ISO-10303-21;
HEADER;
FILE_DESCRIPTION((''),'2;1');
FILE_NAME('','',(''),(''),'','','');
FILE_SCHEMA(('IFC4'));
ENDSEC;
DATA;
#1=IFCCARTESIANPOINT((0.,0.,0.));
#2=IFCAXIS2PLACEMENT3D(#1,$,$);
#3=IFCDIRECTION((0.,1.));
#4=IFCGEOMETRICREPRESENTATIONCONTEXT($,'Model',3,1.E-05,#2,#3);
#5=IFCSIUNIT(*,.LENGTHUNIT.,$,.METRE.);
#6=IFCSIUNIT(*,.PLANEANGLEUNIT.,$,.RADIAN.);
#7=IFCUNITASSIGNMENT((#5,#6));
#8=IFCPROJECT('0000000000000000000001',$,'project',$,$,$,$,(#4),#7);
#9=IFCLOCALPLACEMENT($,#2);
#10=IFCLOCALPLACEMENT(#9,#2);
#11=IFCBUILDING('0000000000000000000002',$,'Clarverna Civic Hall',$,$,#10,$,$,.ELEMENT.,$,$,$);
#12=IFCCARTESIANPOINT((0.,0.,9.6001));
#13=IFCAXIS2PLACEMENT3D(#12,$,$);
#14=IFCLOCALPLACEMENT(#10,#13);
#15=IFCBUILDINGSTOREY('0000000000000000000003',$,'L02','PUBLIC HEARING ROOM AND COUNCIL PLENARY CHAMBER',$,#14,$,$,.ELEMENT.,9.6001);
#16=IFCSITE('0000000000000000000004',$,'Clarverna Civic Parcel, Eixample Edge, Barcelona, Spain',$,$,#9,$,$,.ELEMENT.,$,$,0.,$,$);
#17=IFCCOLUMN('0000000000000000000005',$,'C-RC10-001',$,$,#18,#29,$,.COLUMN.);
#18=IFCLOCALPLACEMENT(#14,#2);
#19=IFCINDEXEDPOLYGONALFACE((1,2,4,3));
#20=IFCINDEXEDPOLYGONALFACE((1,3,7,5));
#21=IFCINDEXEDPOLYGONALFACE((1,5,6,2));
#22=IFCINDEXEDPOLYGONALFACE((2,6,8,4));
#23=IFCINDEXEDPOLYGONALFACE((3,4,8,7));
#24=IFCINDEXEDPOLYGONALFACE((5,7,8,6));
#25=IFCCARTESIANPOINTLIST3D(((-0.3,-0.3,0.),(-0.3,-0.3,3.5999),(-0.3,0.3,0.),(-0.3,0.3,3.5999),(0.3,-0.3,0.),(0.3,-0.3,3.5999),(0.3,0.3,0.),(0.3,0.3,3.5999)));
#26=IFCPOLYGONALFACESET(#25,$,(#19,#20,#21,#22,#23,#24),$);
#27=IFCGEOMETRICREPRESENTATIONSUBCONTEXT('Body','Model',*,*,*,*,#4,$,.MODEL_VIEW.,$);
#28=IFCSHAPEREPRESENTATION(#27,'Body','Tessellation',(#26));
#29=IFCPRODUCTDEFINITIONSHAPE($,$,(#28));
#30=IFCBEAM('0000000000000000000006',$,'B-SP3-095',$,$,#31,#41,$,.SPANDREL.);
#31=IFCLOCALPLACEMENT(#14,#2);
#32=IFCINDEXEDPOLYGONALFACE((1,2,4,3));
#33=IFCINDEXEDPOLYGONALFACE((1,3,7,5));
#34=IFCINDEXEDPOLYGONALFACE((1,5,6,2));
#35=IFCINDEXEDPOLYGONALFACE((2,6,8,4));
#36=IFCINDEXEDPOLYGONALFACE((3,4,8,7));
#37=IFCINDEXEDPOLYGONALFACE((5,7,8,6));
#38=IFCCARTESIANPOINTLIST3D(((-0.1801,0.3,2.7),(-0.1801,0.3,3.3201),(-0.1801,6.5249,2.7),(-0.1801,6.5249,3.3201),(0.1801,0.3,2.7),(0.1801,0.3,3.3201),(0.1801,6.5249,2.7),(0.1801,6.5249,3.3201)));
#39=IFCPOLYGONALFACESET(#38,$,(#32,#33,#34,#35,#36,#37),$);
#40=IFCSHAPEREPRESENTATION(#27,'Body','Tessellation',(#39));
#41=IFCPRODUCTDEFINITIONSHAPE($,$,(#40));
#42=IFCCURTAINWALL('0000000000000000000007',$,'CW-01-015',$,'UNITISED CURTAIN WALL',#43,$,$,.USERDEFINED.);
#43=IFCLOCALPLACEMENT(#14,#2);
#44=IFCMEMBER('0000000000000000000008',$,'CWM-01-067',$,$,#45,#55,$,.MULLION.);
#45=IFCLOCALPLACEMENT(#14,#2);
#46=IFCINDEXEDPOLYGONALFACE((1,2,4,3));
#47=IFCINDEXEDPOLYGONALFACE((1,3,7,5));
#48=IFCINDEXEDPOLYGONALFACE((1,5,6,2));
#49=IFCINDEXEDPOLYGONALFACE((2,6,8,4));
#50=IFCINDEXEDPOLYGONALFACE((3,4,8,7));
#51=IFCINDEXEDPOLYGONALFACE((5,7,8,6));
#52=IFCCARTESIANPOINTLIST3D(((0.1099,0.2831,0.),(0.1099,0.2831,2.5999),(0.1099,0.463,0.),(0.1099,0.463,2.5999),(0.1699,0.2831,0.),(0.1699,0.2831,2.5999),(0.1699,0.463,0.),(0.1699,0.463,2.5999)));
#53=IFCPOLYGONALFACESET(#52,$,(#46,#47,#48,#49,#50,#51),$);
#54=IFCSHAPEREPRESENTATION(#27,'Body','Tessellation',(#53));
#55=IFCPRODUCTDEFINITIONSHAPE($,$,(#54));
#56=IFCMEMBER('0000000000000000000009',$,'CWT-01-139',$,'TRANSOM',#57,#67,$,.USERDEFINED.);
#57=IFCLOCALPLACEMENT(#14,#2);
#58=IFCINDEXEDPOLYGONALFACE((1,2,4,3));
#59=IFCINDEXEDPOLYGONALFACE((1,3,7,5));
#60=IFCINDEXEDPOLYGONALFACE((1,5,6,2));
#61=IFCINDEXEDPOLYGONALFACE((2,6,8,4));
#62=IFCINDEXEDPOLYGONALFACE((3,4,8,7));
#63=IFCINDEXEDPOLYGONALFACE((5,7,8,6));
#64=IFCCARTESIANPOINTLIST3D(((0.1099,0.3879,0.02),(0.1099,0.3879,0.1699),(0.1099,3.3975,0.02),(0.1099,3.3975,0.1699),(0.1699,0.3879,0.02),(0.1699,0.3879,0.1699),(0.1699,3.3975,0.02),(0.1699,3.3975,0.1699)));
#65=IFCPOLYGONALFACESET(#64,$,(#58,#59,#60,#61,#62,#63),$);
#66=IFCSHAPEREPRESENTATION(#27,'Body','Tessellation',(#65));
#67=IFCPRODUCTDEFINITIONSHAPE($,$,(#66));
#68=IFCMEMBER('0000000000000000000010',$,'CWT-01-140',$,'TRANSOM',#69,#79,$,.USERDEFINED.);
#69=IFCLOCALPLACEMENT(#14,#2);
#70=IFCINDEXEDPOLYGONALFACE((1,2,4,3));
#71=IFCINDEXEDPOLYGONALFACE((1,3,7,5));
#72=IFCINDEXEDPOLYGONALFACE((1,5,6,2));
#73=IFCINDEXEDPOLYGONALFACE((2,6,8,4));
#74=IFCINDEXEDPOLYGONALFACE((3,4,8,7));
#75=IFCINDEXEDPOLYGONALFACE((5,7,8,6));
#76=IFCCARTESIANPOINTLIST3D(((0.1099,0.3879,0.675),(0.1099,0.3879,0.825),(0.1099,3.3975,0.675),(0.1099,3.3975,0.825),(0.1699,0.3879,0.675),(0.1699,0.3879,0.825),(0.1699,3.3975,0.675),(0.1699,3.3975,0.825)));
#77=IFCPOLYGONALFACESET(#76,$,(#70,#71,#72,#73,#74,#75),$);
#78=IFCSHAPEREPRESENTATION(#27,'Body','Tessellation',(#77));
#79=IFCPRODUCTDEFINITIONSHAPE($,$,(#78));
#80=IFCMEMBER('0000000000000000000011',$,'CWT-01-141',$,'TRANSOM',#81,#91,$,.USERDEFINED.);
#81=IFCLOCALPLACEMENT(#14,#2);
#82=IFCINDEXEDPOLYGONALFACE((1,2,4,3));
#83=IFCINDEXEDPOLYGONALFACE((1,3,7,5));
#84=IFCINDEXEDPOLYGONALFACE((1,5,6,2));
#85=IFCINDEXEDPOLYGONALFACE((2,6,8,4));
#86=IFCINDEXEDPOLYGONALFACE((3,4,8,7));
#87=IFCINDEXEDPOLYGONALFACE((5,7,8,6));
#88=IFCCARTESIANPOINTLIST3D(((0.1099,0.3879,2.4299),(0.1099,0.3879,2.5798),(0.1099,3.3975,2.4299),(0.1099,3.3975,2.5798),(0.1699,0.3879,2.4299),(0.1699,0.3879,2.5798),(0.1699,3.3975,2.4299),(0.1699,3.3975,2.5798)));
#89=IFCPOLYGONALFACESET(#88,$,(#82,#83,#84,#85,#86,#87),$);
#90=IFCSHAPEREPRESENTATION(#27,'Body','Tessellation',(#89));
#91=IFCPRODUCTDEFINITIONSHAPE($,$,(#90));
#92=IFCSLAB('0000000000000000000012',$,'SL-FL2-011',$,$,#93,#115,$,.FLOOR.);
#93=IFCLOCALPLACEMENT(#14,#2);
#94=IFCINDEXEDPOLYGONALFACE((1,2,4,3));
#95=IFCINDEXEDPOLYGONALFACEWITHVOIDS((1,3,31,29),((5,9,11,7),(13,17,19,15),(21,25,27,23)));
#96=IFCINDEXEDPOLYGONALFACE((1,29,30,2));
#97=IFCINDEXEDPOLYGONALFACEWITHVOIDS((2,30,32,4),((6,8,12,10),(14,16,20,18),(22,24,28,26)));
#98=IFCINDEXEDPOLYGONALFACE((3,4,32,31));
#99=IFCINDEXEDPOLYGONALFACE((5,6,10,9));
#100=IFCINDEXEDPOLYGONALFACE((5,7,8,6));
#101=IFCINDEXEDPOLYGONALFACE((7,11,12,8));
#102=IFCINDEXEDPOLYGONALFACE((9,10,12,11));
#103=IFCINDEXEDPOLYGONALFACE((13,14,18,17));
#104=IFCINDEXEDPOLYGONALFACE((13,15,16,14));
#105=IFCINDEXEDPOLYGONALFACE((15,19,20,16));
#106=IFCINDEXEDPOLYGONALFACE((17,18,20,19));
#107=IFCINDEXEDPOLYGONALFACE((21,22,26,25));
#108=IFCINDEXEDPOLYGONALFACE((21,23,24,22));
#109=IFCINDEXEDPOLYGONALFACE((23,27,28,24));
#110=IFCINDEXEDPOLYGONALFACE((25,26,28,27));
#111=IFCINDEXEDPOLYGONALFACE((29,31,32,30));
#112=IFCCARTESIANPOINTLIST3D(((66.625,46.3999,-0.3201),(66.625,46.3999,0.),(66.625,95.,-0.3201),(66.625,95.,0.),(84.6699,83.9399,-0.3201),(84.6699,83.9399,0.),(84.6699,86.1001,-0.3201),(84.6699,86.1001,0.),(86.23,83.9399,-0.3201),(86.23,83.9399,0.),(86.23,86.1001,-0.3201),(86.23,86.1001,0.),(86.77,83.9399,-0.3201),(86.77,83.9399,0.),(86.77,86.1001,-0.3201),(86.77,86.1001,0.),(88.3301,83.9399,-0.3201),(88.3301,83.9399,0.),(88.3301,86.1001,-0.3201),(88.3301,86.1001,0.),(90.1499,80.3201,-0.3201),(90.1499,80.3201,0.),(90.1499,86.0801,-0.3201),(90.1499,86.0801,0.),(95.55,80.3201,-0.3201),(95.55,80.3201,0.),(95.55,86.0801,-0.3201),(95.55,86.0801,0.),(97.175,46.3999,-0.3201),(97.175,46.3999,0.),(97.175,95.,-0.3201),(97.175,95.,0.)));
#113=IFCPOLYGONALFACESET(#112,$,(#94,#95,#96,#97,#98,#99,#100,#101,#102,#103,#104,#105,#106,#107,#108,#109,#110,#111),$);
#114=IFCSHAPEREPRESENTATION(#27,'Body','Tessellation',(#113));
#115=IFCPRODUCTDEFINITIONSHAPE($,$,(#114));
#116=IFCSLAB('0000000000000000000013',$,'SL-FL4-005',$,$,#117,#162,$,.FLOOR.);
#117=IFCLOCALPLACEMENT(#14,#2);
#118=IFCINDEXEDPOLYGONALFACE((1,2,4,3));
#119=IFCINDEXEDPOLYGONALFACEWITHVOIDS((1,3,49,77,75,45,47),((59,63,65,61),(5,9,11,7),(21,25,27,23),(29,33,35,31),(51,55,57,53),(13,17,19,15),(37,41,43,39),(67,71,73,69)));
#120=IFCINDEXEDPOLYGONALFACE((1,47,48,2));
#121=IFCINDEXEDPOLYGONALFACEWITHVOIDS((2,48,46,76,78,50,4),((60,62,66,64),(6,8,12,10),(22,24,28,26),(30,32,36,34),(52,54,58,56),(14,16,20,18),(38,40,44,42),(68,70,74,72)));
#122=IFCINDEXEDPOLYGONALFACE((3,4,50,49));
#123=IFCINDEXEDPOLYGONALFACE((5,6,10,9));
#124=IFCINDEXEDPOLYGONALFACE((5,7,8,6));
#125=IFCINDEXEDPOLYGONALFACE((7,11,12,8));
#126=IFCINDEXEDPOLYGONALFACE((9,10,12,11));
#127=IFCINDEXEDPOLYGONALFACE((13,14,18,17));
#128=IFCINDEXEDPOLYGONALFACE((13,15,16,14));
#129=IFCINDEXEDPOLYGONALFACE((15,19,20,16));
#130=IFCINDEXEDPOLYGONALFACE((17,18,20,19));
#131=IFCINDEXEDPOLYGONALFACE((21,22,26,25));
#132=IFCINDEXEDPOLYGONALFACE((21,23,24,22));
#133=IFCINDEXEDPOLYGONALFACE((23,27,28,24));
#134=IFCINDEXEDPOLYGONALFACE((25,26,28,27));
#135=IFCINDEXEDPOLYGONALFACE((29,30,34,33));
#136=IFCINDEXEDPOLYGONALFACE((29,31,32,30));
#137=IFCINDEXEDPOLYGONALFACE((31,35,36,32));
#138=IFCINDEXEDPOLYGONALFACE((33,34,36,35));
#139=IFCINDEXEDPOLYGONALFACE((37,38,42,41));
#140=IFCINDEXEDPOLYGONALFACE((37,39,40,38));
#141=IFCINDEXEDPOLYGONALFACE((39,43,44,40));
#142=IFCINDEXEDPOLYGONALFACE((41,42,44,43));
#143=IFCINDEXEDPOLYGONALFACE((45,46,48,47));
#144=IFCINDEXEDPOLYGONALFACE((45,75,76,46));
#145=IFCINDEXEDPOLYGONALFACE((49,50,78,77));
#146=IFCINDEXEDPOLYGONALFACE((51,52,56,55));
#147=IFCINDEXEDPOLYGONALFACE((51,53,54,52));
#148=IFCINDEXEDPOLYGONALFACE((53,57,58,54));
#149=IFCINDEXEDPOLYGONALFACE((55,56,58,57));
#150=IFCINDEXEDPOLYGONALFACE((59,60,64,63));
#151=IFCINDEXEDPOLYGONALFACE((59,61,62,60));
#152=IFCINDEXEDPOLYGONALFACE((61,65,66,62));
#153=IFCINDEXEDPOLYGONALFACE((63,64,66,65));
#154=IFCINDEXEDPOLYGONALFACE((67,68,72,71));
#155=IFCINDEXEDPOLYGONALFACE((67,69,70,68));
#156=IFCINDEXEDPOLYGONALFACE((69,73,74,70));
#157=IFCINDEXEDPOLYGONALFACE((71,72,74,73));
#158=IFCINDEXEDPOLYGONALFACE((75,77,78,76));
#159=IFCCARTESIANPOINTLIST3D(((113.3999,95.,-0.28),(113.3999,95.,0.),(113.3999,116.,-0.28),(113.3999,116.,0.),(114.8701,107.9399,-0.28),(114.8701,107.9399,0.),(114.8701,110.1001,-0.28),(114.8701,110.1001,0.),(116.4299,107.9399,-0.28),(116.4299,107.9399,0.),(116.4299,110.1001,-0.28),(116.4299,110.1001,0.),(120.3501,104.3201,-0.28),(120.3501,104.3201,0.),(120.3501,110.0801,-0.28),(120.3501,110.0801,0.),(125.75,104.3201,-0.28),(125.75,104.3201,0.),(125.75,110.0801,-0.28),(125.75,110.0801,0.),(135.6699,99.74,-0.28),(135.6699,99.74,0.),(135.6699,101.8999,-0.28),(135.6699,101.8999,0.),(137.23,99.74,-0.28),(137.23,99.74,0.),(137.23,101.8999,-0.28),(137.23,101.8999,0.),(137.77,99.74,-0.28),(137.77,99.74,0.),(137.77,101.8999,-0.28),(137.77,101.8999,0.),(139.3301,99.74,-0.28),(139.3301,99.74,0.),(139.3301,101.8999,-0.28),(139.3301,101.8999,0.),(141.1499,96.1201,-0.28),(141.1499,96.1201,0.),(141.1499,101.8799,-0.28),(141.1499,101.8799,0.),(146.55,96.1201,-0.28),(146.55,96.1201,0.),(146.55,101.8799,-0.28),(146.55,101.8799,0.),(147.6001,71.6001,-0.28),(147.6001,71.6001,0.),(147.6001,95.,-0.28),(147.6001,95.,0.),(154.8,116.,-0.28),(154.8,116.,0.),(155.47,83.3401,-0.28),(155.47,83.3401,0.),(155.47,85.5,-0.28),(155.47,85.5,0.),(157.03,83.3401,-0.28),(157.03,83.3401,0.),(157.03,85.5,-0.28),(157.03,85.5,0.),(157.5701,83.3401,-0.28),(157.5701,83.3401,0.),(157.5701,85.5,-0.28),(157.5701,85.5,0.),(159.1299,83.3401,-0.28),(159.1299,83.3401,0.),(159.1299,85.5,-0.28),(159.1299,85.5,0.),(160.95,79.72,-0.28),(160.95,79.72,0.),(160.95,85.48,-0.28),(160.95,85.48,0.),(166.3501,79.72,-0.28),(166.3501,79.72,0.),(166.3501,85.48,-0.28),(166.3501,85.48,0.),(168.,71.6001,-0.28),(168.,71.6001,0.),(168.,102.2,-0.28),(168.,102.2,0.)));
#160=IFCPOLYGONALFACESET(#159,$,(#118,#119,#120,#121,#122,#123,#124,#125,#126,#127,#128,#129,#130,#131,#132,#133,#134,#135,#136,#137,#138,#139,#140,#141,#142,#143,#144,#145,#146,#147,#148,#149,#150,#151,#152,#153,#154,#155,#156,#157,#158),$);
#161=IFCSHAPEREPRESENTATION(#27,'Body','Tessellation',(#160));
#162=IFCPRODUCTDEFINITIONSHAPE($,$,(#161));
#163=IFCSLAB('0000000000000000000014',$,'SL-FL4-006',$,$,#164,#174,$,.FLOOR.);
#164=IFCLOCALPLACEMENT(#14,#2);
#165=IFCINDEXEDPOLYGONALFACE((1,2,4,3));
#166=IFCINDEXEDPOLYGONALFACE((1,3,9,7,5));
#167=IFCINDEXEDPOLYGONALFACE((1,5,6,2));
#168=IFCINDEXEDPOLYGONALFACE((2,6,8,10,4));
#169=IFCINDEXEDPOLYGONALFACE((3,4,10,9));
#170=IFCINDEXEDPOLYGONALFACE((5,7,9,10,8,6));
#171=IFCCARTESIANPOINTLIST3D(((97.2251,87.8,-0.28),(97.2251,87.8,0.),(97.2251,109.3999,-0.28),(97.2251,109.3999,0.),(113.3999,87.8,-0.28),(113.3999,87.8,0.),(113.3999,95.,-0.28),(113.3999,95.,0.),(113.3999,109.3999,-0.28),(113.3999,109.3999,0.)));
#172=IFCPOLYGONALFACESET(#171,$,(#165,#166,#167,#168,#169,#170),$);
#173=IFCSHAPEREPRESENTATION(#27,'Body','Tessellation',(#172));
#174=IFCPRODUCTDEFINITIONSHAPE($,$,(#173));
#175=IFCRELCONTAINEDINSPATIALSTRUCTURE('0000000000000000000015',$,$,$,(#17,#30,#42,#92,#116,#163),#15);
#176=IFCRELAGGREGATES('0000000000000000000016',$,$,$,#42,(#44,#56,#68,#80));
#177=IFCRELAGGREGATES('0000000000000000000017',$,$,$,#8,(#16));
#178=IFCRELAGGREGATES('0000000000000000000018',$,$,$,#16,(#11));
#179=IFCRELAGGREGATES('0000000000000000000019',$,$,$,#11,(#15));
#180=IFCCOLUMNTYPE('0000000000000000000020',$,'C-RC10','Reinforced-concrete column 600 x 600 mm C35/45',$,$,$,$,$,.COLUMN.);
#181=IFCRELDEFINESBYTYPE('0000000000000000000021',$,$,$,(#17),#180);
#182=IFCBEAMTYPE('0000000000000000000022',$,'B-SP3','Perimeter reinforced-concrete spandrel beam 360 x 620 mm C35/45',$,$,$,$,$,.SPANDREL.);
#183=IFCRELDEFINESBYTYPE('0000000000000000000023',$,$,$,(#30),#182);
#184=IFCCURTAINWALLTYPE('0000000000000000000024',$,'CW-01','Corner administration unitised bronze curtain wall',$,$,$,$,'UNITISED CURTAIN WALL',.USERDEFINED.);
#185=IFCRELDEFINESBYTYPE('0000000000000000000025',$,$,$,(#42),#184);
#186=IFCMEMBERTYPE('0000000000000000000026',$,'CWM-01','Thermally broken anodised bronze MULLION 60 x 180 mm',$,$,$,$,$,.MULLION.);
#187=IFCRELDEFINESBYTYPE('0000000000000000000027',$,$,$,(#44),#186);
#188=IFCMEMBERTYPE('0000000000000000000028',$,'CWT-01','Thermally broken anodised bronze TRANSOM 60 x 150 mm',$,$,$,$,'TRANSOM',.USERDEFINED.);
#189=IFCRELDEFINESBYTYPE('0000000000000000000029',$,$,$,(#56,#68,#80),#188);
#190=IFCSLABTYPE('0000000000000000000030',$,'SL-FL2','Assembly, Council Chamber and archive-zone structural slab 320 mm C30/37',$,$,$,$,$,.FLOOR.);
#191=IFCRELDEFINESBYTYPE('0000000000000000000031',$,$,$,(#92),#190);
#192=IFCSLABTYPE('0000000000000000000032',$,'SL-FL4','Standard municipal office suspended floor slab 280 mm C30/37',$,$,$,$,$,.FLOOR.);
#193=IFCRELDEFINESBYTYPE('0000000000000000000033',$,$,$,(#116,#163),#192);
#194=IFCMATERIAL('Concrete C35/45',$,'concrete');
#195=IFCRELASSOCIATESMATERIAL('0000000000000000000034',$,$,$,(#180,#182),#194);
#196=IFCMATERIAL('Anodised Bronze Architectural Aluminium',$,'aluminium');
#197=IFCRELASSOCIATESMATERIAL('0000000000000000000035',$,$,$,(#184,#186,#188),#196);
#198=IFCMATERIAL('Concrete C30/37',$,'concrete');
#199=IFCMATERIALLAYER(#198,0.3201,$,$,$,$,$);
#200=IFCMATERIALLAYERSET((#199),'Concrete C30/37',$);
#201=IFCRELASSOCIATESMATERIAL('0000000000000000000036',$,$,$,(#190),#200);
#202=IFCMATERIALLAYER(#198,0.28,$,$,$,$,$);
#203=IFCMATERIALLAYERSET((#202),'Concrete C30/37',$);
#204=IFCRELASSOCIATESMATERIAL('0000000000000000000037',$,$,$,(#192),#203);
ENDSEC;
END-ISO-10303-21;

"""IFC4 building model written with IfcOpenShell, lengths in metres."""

from ifc_helpers import new_model, si_unit, direction, frame, origin, origin_with_axes, origin_2d, place, context, subcontext, project, spatial, polyline, rectangle, outline, extrude, material, layer, layer_set, material_profile, profile_set, type_object, element, aggregate, save


model = new_model("IFC4")

# Units and contexts
model_context = context("Model", 3, precision=1e-05, world=origin(), true_north=direction((0.0, 1.0)))
body_context = subcontext(model_context, "Body", "Model", "MODEL_VIEW")
ifc_project = project(units=[si_unit("LENGTHUNIT", "METRE"), si_unit("PLANEANGLEUNIT", "RADIAN")], contexts=[model_context])

# Site, building, storey
site_placement = place(None, origin())
site = spatial("IfcSite", under=ifc_project, at=site_placement, Name="Clarverna Civic Parcel, Eixample Edge, Barcelona, Spain", CompositionType="ELEMENT", RefElevation=0.0)
building_placement = place(site_placement, origin())
building = spatial("IfcBuilding", under=site, at=building_placement, Name="Clarverna Civic Hall", CompositionType="ELEMENT")
storey_placement = place(building_placement, frame((0.0, 0.0, 9.6001)))
storey = spatial("IfcBuildingStorey", under=building, at=storey_placement, Name="L02", Description="PUBLIC HEARING ROOM AND COUNCIL PLENARY CHAMBER", CompositionType="ELEMENT", Elevation=9.6001)

# Column
ifc_material_1 = material(Name="Concrete C35/45", Category="concrete")
ifc_material_profile_1 = material_profile(ifc_material_1, rectangle(XDim=0.6001, YDim=0.6001, at=origin_2d()), Name="RC 600x600")
ifc_profile_set_1 = profile_set([ifc_material_profile_1], Name="Concrete C35/45")
column_type = type_object("IfcColumnType", Name="C-RC10", Description="Reinforced-concrete column 600 x 600 mm C35/45", PredefinedType="COLUMN", material=ifc_profile_set_1)
column_placement = place(storey_placement, origin_with_axes())
element("IfcColumn", 1, at=column_placement, inside=storey, type_object=column_type, Name="C-RC10-001", PredefinedType="COLUMN", context=body_context, shape_type="SweptSolid", body=[
    extrude(rectangle(XDim=0.6001, YDim=0.6001, at=origin_2d()), origin(), (0.0, 0.0, 1.0), 3.5999),
])

# Beam
ifc_material_profile_2 = material_profile(ifc_material_1, rectangle(XDim=0.3601, YDim=0.6201, at=origin_2d()), Name="RC 360x620")
ifc_profile_set_2 = profile_set([ifc_material_profile_2], Name="Concrete C35/45")
beam_type = type_object("IfcBeamType", Name="B-SP3", Description="Perimeter reinforced-concrete spandrel beam 360 x 620 mm C35/45", PredefinedType="SPANDREL", material=ifc_profile_set_2)
beam_placement = place(storey_placement, frame((0.0, 0.3, 3.01), z_axis=(0.0, 1.0, 0.0), x_axis=(-1.0, 0.0, 0.0)))
element("IfcBeam", 2, at=beam_placement, inside=storey, type_object=beam_type, Name="B-SP3-095", PredefinedType="SPANDREL", context=body_context, shape_type="SweptSolid", body=[
    extrude(rectangle(XDim=0.3601, YDim=0.6201, at=origin_2d()), origin(), (0.0, 0.0, 1.0), 6.2249),
])

# Curtain wall, members
ifc_material_2 = material(Name="Anodised Bronze Architectural Aluminium", Category="aluminium")
curtain_wall_type = type_object("IfcCurtainWallType", Name="CW-01", Description="Corner administration unitised bronze curtain wall", ElementType="UNITISED CURTAIN WALL", PredefinedType="USERDEFINED", material=ifc_material_2)
curtain_wall_placement = place(storey_placement, origin())
curtain_wall = element("IfcCurtainWall", 3, at=curtain_wall_placement, inside=storey, type_object=curtain_wall_type, Name="CW-01-015", ObjectType="UNITISED CURTAIN WALL", PredefinedType="USERDEFINED")
ifc_material_profile_3 = material_profile(ifc_material_2, rectangle(XDim=0.0601, YDim=0.1799, at=origin_2d()), Name="BRONZE 60x180")
ifc_profile_set_3 = profile_set([ifc_material_profile_3], Name="Anodised Bronze Architectural Aluminium")
member_type_1 = type_object("IfcMemberType", Name="CWM-01", Description="Thermally broken anodised bronze MULLION 60 x 180 mm", PredefinedType="MULLION", material=ifc_profile_set_3)
member_1_placement = place(storey_placement, frame((0.1399, 0.373, 0.0), z_axis=(0.0, 0.0, 1.0), x_axis=(1.0, 0.0, 0.0)))
member_1 = element("IfcMember", 4, at=member_1_placement, type_object=member_type_1, Name="CWM-01-067", PredefinedType="MULLION", context=body_context, shape_type="SweptSolid", body=[
    extrude(rectangle(XDim=0.0601, YDim=0.1799, at=origin_2d()), origin(), (0.0, 0.0, 1.0), 2.5999),
])
ifc_material_profile_4 = material_profile(ifc_material_2, rectangle(XDim=0.0601, YDim=0.1499, at=origin_2d()), Name="BRONZE 60x150")
ifc_profile_set_4 = profile_set([ifc_material_profile_4], Name="Anodised Bronze Architectural Aluminium")
member_type_2 = type_object("IfcMemberType", Name="CWT-01", Description="Thermally broken anodised bronze TRANSOM 60 x 150 mm", ElementType="TRANSOM", PredefinedType="USERDEFINED", material=ifc_profile_set_4)
member_2_placement = place(storey_placement, frame((0.1399, 0.3879, 0.095), z_axis=(0.0, 1.0, 0.0), x_axis=(-1.0, 0.0, 0.0)))
member_2 = element("IfcMember", 5, at=member_2_placement, type_object=member_type_2, Name="CWT-01-139", ObjectType="TRANSOM", PredefinedType="USERDEFINED", context=body_context, shape_type="SweptSolid", body=[
    extrude(rectangle(XDim=0.0601, YDim=0.1499, at=origin_2d()), origin(), (0.0, 0.0, 1.0), 3.0095),
])
member_3_placement = place(storey_placement, frame((0.1399, 0.3879, 0.75), z_axis=(0.0, 1.0, 0.0), x_axis=(-1.0, 0.0, 0.0)))
member_3 = element("IfcMember", 6, at=member_3_placement, type_object=member_type_2, Name="CWT-01-140", ObjectType="TRANSOM", PredefinedType="USERDEFINED", context=body_context, shape_type="SweptSolid", body=[
    extrude(rectangle(XDim=0.0601, YDim=0.1499, at=origin_2d()), origin(), (0.0, 0.0, 1.0), 3.0095),
])
member_4_placement = place(storey_placement, frame((0.1399, 0.3879, 2.5049), z_axis=(0.0, 1.0, 0.0), x_axis=(-1.0, 0.0, 0.0)))
member_4 = element("IfcMember", 7, at=member_4_placement, type_object=member_type_2, Name="CWT-01-141", ObjectType="TRANSOM", PredefinedType="USERDEFINED", context=body_context, shape_type="SweptSolid", body=[
    extrude(rectangle(XDim=0.0601, YDim=0.1499, at=origin_2d()), origin(), (0.0, 0.0, 1.0), 3.0095),
])
aggregate(curtain_wall, [member_1, member_2, member_3, member_4])

# Slabs
ifc_material_3 = material(Name="Concrete C30/37", Category="concrete")
ifc_layer_1 = layer(ifc_material_3, 0.3201)
ifc_layer_set_1 = layer_set([ifc_layer_1], Name="Concrete C30/37")
slab_type_1 = type_object("IfcSlabType", Name="SL-FL2", Description="Assembly, Council Chamber and archive-zone structural slab 320 mm C30/37", PredefinedType="FLOOR", material=ifc_layer_set_1)
slab_1_placement = place(storey_placement, frame((0.0, 0.0, -0.3201)))
element("IfcSlab", 8, at=slab_1_placement, inside=storey, type_object=slab_type_1, Name="SL-FL2-011", PredefinedType="FLOOR", context=body_context, shape_type="SweptSolid", body=[
    extrude(outline(polyline([(97.175, 95.0), (66.625, 95.0), (66.625, 46.3999), (97.175, 46.3999), (97.175, 95.0)]), holes=[polyline([(90.1499, 80.3201), (95.55, 80.3201), (95.55, 86.0801), (90.1499, 86.0801), (90.1499, 80.3201)]), polyline([(84.6699, 83.9399), (86.23, 83.9399), (86.23, 86.1001), (84.6699, 86.1001), (84.6699, 83.9399)]), polyline([(86.77, 83.9399), (88.3301, 83.9399), (88.3301, 86.1001), (86.77, 86.1001), (86.77, 83.9399)])]), origin(), (0.0, 0.0, 1.0), 0.3201),
])
ifc_layer_2 = layer(ifc_material_3, 0.28)
ifc_layer_set_2 = layer_set([ifc_layer_2], Name="Concrete C30/37")
slab_type_2 = type_object("IfcSlabType", Name="SL-FL4", Description="Standard municipal office suspended floor slab 280 mm C30/37", PredefinedType="FLOOR", material=ifc_layer_set_2)
slab_2_placement = place(storey_placement, frame((0.0, 0.0, -0.28)))
element("IfcSlab", 9, at=slab_2_placement, inside=storey, type_object=slab_type_2, Name="SL-FL4-005", PredefinedType="FLOOR", context=body_context, shape_type="SweptSolid", body=[
    extrude(outline(polyline([(113.3999, 95.0), (147.6001, 95.0), (147.6001, 71.6001), (168.0, 71.6001), (168.0, 102.2), (154.8, 116.0), (113.3999, 116.0), (113.3999, 95.0)]), holes=[polyline([(141.1499, 96.1201), (146.55, 96.1201), (146.55, 101.8799), (141.1499, 101.8799), (141.1499, 96.1201)]), polyline([(135.6699, 99.74), (137.23, 99.74), (137.23, 101.8999), (135.6699, 101.8999), (135.6699, 99.74)]), polyline([(137.77, 99.74), (139.3301, 99.74), (139.3301, 101.8999), (137.77, 101.8999), (137.77, 99.74)]), polyline([(160.95, 79.72), (166.3501, 79.72), (166.3501, 85.48), (160.95, 85.48), (160.95, 79.72)]), polyline([(155.47, 83.3401), (157.03, 83.3401), (157.03, 85.5), (155.47, 85.5), (155.47, 83.3401)]), polyline([(157.5701, 83.3401), (159.1299, 83.3401), (159.1299, 85.5), (157.5701, 85.5), (157.5701, 83.3401)]), polyline([(120.3501, 104.3201), (125.75, 104.3201), (125.75, 110.0801), (120.3501, 110.0801), (120.3501, 104.3201)]), polyline([(114.8701, 107.9399), (116.4299, 107.9399), (116.4299, 110.1001), (114.8701, 110.1001), (114.8701, 107.9399)])]), origin(), (0.0, 0.0, 1.0), 0.28),
])
slab_3_placement = place(storey_placement, frame((0.0, 0.0, -0.28)))
element("IfcSlab", 10, at=slab_3_placement, inside=storey, type_object=slab_type_2, Name="SL-FL4-006", PredefinedType="FLOOR", context=body_context, shape_type="SweptSolid", body=[
    extrude(outline(polyline([(113.3999, 109.3999), (97.2251, 109.3999), (97.2251, 87.8), (113.3999, 87.8), (113.3999, 95.0), (113.3999, 109.3999)])), origin(), (0.0, 0.0, 1.0), 0.28),
])

save(model, "model.ifc")
